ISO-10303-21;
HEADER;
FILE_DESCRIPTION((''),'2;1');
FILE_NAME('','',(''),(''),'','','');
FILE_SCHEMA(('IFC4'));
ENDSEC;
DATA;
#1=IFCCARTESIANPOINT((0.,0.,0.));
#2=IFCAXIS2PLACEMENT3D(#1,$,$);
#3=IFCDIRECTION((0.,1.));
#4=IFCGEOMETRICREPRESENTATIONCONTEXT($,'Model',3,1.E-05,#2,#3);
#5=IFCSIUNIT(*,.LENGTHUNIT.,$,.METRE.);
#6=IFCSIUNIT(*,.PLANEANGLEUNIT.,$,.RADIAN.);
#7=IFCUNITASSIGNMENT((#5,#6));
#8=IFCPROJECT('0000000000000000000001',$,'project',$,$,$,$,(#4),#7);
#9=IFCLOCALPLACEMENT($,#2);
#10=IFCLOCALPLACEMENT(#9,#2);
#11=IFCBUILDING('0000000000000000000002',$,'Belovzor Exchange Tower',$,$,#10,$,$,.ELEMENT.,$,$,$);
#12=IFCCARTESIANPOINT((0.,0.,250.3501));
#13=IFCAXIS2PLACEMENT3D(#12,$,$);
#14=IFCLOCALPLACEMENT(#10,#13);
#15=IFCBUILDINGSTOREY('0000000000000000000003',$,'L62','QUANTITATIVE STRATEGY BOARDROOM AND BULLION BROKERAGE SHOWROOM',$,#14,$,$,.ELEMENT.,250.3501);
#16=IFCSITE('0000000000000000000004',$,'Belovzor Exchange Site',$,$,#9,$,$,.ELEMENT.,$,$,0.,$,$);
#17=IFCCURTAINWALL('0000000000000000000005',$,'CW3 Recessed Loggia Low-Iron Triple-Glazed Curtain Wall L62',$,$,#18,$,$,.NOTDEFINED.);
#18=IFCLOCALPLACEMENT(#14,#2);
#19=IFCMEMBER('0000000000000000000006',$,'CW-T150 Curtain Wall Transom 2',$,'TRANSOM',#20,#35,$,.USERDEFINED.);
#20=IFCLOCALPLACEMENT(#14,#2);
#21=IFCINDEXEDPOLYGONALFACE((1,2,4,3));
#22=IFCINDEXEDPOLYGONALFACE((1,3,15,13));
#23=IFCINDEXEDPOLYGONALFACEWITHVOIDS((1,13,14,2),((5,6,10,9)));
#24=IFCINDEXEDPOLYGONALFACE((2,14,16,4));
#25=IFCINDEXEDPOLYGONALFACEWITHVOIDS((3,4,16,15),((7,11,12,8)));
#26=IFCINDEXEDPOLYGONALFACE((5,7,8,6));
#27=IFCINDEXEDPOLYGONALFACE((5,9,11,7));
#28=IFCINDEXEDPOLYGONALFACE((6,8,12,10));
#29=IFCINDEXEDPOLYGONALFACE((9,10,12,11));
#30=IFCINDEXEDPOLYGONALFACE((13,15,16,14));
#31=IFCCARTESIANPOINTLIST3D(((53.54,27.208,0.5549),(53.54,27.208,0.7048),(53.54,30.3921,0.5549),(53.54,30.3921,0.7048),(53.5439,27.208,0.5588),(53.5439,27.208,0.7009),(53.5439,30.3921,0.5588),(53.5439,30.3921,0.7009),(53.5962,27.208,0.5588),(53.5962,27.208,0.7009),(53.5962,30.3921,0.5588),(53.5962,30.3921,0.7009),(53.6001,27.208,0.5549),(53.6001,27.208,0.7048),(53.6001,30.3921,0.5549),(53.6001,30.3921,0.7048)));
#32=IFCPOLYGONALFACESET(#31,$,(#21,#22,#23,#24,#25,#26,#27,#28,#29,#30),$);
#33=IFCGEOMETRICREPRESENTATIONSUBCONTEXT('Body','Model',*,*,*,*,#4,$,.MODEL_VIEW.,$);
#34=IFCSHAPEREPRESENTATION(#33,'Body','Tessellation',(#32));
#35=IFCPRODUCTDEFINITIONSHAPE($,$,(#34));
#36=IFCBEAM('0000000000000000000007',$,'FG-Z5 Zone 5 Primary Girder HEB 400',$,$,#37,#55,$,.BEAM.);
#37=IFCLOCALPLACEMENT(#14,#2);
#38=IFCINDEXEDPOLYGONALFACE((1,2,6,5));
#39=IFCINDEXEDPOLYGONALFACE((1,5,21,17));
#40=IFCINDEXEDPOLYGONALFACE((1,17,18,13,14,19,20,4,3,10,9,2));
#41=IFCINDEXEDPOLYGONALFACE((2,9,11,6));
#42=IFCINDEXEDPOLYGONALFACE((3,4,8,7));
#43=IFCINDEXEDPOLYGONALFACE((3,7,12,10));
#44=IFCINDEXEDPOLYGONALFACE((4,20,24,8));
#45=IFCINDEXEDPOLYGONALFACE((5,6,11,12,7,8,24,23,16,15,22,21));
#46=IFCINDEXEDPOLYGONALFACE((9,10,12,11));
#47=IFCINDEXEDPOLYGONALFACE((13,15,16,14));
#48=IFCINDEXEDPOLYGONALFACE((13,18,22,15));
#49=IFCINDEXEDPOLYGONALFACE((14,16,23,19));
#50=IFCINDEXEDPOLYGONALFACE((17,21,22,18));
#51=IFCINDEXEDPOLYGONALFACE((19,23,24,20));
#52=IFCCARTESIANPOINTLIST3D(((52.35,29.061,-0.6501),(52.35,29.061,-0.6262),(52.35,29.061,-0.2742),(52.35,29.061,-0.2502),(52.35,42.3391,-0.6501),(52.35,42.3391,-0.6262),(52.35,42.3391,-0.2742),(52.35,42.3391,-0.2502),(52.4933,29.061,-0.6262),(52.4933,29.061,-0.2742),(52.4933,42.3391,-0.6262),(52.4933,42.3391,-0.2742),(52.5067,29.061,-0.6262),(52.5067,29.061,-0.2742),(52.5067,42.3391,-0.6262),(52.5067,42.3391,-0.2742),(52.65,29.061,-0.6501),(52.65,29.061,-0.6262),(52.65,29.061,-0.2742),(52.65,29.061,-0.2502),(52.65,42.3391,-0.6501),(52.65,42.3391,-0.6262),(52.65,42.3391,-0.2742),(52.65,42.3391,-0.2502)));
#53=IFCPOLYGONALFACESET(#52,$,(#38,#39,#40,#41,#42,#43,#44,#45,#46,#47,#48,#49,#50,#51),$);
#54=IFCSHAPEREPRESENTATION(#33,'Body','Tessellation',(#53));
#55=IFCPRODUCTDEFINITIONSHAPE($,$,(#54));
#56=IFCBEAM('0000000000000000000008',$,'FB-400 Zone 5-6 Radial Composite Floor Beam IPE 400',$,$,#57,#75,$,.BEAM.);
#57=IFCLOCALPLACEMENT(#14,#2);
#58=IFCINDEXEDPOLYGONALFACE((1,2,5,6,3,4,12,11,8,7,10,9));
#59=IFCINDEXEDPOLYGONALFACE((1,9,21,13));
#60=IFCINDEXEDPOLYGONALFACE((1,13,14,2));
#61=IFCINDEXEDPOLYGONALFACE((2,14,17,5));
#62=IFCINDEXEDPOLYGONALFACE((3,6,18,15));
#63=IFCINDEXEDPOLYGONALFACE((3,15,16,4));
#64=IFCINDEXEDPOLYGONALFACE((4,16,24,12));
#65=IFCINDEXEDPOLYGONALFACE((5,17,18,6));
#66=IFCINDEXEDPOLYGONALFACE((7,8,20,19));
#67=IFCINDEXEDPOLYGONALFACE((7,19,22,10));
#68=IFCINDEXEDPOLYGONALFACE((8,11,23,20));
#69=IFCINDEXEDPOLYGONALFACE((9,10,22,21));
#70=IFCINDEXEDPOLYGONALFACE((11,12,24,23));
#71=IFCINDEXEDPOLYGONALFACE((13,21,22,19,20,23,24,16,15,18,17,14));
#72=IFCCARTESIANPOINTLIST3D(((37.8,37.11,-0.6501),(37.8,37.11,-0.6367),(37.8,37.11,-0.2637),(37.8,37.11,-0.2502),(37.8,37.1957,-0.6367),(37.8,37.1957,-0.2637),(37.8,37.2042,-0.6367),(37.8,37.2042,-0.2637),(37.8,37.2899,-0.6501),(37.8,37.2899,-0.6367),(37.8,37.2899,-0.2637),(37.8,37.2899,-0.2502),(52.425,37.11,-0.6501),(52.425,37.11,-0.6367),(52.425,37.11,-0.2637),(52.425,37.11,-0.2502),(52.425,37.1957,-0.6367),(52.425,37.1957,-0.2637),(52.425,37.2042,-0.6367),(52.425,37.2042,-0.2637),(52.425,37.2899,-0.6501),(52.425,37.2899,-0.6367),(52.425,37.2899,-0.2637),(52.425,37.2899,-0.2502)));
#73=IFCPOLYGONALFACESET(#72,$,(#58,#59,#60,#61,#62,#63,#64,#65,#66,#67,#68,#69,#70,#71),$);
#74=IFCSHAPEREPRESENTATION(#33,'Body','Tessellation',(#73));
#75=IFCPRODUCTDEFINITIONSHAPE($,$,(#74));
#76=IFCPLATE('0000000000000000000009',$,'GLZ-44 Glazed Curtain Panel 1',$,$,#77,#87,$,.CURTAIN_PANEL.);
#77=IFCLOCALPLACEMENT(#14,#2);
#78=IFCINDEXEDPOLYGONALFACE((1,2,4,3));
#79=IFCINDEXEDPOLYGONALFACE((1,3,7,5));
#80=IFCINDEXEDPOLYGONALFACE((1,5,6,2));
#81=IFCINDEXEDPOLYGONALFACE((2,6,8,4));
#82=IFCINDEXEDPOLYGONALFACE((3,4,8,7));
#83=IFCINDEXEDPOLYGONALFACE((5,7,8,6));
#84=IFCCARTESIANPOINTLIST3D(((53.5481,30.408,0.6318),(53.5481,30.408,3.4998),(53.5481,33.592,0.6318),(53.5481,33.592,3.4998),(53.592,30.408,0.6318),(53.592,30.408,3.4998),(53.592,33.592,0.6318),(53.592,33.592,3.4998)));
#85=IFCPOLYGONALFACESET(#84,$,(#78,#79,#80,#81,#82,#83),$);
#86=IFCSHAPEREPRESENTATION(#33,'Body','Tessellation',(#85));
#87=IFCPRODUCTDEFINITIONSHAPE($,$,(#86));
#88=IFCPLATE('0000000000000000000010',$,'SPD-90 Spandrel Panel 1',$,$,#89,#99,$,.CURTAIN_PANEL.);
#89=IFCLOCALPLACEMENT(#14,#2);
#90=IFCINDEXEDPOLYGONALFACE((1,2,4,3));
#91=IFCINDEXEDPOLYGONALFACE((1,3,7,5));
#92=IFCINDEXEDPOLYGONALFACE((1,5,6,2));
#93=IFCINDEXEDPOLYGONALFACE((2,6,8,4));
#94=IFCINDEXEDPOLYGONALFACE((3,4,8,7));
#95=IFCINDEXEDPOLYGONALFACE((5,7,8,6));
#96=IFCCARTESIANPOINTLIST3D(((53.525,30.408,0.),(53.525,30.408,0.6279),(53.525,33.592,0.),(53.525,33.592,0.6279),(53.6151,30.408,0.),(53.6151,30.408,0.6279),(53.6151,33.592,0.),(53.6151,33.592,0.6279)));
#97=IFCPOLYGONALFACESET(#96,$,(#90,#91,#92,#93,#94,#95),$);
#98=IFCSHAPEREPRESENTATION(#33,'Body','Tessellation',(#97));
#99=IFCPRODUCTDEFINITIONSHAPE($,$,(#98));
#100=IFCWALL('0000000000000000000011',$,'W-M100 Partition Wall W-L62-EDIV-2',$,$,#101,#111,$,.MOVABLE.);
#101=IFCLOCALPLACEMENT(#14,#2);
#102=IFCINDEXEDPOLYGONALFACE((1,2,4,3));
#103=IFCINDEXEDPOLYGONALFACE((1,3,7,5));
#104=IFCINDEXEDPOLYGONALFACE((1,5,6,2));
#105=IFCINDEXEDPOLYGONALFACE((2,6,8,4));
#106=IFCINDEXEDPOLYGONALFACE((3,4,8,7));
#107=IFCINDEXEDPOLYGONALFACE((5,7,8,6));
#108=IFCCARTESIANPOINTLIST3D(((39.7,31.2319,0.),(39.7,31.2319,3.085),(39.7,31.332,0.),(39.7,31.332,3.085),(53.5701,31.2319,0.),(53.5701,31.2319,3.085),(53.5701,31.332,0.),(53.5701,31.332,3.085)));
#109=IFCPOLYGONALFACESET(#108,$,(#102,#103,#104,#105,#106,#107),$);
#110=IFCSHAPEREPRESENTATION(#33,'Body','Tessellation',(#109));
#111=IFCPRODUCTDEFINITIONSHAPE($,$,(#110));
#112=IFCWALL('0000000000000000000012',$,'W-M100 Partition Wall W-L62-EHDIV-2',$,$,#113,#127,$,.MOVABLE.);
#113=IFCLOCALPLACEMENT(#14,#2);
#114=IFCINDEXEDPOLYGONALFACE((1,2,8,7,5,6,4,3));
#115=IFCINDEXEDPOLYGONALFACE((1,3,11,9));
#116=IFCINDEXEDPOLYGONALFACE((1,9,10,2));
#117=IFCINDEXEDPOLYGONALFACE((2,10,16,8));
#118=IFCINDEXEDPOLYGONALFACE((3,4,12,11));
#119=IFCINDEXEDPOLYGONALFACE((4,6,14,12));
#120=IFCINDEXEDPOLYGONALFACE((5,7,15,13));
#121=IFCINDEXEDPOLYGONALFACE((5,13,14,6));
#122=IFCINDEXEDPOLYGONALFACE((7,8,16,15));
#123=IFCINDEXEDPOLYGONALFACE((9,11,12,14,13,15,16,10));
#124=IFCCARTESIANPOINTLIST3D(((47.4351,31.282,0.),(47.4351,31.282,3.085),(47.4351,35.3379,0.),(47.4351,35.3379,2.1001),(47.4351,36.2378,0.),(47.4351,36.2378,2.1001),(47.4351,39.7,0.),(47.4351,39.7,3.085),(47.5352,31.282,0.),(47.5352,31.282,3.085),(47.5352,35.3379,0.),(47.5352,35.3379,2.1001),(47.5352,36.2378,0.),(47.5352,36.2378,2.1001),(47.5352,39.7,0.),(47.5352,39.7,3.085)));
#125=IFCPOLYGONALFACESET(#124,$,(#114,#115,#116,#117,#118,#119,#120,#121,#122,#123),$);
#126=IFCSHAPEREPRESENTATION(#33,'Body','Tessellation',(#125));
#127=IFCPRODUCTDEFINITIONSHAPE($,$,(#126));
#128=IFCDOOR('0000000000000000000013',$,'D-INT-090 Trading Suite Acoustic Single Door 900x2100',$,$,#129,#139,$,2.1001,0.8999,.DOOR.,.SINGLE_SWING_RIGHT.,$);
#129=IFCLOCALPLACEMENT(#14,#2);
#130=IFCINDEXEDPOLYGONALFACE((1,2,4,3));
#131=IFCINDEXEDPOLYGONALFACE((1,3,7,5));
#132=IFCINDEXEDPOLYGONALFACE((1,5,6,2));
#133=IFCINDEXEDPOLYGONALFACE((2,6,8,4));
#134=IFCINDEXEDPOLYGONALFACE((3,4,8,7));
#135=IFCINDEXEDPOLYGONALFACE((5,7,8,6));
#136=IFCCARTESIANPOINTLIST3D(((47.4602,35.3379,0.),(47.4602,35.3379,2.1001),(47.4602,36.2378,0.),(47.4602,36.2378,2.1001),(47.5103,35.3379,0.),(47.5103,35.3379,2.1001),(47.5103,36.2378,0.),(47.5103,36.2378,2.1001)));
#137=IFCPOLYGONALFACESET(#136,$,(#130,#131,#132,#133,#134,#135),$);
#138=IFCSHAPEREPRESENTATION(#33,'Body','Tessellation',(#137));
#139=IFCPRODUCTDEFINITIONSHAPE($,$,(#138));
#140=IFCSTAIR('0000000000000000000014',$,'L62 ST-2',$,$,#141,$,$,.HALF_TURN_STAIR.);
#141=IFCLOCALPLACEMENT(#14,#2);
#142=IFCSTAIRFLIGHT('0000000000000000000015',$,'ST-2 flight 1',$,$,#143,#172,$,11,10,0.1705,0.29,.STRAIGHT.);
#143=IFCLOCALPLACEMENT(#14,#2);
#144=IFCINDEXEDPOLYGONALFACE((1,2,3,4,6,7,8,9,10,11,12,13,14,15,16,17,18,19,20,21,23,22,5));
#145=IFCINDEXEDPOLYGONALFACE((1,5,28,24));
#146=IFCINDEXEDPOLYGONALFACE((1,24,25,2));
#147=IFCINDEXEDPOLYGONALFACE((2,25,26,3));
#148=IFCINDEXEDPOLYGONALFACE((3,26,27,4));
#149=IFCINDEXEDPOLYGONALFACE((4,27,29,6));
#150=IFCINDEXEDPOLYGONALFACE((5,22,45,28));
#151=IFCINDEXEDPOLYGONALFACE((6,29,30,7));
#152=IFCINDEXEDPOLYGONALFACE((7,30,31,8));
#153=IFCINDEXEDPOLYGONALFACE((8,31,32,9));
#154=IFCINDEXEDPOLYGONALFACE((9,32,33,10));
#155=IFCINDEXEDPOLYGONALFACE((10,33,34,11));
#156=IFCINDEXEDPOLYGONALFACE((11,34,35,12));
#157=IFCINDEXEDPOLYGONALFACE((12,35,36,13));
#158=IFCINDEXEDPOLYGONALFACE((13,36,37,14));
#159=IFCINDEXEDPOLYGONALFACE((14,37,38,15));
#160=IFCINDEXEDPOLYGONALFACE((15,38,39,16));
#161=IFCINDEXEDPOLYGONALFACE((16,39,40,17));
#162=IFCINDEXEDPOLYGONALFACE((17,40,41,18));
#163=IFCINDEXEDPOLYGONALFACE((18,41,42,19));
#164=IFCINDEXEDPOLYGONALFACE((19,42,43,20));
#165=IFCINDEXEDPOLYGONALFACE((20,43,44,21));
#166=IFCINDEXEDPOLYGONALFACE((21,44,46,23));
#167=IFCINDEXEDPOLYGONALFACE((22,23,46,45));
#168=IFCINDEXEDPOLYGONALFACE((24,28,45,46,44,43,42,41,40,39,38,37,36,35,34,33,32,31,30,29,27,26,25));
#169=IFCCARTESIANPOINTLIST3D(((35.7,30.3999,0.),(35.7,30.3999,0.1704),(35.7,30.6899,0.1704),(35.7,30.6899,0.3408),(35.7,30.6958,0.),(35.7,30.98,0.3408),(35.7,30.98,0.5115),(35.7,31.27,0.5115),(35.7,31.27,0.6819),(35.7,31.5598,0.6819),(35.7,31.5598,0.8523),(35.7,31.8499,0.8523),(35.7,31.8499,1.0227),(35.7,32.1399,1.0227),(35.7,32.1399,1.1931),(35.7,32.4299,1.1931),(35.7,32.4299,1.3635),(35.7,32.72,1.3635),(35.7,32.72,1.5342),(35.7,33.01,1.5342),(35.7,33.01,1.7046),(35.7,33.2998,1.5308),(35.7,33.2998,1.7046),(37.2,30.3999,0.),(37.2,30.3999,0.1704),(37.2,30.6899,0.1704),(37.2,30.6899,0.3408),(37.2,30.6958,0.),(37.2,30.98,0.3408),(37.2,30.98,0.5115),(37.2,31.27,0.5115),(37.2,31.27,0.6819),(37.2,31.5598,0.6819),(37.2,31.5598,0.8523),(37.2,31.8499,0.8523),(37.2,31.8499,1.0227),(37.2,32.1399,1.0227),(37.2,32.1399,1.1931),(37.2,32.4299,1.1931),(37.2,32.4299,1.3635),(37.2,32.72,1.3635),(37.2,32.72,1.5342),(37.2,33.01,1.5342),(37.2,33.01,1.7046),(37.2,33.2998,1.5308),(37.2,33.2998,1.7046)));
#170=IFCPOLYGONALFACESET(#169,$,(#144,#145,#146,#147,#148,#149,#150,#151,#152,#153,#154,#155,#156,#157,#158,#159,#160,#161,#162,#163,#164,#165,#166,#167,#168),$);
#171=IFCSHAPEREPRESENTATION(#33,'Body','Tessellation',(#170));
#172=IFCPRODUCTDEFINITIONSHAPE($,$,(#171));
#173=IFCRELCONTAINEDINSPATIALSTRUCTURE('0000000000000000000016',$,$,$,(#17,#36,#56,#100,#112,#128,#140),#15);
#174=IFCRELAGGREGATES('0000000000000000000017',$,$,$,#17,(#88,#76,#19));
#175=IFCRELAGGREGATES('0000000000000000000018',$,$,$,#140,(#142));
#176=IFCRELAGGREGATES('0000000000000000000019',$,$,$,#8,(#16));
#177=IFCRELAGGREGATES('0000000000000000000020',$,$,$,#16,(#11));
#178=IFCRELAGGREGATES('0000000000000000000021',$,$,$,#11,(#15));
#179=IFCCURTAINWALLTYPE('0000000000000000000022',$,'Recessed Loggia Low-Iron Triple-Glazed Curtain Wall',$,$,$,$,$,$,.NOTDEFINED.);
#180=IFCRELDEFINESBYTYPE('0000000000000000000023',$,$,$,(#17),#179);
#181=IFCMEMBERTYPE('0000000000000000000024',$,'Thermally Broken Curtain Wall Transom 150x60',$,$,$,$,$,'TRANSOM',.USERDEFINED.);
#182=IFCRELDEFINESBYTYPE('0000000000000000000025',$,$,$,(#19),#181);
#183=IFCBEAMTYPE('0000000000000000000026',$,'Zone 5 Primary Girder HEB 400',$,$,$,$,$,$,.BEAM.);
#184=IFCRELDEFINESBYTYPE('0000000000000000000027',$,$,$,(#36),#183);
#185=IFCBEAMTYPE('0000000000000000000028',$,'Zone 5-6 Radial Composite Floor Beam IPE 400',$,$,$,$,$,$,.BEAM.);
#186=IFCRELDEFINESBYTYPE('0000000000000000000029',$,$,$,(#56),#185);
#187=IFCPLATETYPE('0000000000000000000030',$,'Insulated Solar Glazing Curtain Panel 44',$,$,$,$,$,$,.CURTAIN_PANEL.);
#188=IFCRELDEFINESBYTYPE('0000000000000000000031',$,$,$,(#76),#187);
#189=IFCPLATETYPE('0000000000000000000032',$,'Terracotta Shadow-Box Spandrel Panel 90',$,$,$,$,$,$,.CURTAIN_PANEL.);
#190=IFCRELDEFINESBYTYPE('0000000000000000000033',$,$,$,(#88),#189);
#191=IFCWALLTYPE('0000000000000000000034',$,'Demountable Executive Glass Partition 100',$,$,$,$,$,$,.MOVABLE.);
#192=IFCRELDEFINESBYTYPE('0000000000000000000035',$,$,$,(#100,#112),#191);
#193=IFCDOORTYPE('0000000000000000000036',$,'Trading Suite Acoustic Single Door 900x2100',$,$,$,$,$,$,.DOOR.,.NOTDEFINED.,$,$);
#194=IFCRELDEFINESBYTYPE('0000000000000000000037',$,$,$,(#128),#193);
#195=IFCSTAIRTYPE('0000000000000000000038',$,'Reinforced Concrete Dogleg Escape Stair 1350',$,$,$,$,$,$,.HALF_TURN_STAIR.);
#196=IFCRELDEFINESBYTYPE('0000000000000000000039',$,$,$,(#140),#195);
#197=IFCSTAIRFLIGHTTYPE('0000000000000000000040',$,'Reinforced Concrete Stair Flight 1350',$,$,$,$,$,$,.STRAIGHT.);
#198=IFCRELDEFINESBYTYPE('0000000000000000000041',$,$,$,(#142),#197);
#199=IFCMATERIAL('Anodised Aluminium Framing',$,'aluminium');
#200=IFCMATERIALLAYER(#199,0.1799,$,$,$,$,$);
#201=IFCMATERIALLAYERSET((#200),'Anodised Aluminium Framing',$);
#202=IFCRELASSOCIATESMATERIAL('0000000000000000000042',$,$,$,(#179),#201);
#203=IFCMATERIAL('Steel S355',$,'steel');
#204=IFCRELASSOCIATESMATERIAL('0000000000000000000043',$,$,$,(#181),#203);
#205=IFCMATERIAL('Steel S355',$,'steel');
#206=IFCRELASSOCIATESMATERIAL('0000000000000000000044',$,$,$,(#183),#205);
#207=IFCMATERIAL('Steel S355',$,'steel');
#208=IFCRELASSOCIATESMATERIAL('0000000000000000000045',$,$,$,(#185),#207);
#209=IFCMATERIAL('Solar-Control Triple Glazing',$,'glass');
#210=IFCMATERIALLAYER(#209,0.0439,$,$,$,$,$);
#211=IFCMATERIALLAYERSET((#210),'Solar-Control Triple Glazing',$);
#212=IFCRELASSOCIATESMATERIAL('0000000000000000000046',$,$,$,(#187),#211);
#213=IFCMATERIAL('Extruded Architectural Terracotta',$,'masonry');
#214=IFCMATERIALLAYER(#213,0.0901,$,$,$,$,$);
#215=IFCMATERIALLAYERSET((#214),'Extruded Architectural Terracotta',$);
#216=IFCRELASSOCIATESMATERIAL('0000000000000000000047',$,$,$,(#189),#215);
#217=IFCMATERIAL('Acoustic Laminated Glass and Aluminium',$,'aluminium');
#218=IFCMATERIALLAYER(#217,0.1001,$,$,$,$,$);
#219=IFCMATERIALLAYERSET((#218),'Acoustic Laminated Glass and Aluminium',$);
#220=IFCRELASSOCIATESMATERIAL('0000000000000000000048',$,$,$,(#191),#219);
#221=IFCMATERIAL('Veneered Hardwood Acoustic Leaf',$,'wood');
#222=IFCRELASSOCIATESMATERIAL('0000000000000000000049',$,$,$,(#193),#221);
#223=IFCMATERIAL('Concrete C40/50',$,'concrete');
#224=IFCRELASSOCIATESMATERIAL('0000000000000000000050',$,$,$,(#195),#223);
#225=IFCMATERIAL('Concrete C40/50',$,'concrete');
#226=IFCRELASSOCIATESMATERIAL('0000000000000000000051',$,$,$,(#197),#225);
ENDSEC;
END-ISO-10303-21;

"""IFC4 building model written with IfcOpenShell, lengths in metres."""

from ifc_helpers import new_model, si_unit, direction, frame, frame_2d, origin, origin_2d, place, context, subcontext, project, spatial, polyline, rectangle, hollow_rectangle, i_section, outline, extrude, material, layer, layer_set, material_profile, profile_set, type_object, element, fill, aggregate, save


model = new_model("IFC4")

# Units and contexts
model_context = context("Model", 3, precision=1e-05, world=origin(), true_north=direction((0.0, 1.0)))
body_context = subcontext(model_context, "Body", "Model", "MODEL_VIEW")
ifc_project = project(units=[si_unit("LENGTHUNIT", "METRE"), si_unit("PLANEANGLEUNIT", "RADIAN")], contexts=[model_context])

# Site, building, storey
site_placement = place(None, origin())
site = spatial("IfcSite", under=ifc_project, at=site_placement, Name="Belovzor Exchange Site", CompositionType="ELEMENT", RefElevation=0.0)
building_placement = place(site_placement, origin())
building = spatial("IfcBuilding", under=site, at=building_placement, Name="Belovzor Exchange Tower", CompositionType="ELEMENT")
storey_placement = place(building_placement, frame((0.0, 0.0, 250.3501)))
storey = spatial("IfcBuildingStorey", under=building, at=storey_placement, Name="L62", Description="QUANTITATIVE STRATEGY BOARDROOM AND BULLION BROKERAGE SHOWROOM", CompositionType="ELEMENT", Elevation=250.3501)

# Curtain wall, member
ifc_material_1 = material(Name="Anodised Aluminium Framing", Category="aluminium")
ifc_layer_1 = layer(ifc_material_1, 0.1799)
ifc_layer_set_1 = layer_set([ifc_layer_1], Name="Anodised Aluminium Framing")
curtain_wall_type = type_object("IfcCurtainWallType", Name="Recessed Loggia Low-Iron Triple-Glazed Curtain Wall", PredefinedType="NOTDEFINED", material=ifc_layer_set_1)
curtain_wall_placement = place(storey_placement, origin())
curtain_wall = element("IfcCurtainWall", 1, at=curtain_wall_placement, inside=storey, type_object=curtain_wall_type, Name="CW3 Recessed Loggia Low-Iron Triple-Glazed Curtain Wall L62", PredefinedType="NOTDEFINED")
ifc_material_2 = material(Name="Steel S355", Category="steel")
ifc_material_profile_1 = material_profile(ifc_material_2, hollow_rectangle(XDim=0.0601, YDim=0.1499, WallThickness=0.0039, at=origin_2d()))
ifc_profile_set_1 = profile_set([ifc_material_profile_1], Name="Steel S355")
member_type_1 = type_object("IfcMemberType", Name="Thermally Broken Curtain Wall Transom 150x60", ElementType="TRANSOM", PredefinedType="USERDEFINED", material=ifc_profile_set_1)
member_1_placement = place(storey_placement, frame((53.5701, 30.3921, 0.6299), z_axis=(0.0, -1.0, 0.0), x_axis=(1.0, 0.0, 0.0)))
member_1 = element("IfcMember", 2, at=member_1_placement, type_object=member_type_1, Name="CW-T150 Curtain Wall Transom 2", ObjectType="TRANSOM", PredefinedType="USERDEFINED", context=body_context, shape_type="SweptSolid", body=[
    extrude(hollow_rectangle(XDim=0.0601, YDim=0.1499, WallThickness=0.0039, at=origin_2d()), origin(), (0.0, 0.0, 1.0), 3.1841),
])

# Beams
ifc_material_3 = material(Name="Steel S355", Category="steel")
ifc_material_profile_2 = material_profile(ifc_material_3, i_section(OverallWidth=0.3, OverallDepth=0.3999, WebThickness=0.0134, FlangeThickness=0.0239, at=origin_2d()))
ifc_profile_set_2 = profile_set([ifc_material_profile_2], Name="Steel S355")
beam_type_1 = type_object("IfcBeamType", Name="Zone 5 Primary Girder HEB 400", PredefinedType="BEAM", material=ifc_profile_set_2)
beam_1_placement = place(storey_placement, frame((52.5, 29.061, -0.4502), z_axis=(0.0, 1.0, 0.0), x_axis=(-1.0, 0.0, 0.0)))
element("IfcBeam", 3, at=beam_1_placement, inside=storey, type_object=beam_type_1, Name="FG-Z5 Zone 5 Primary Girder HEB 400", PredefinedType="BEAM", context=body_context, shape_type="SweptSolid", body=[
    extrude(i_section(OverallWidth=0.3, OverallDepth=0.3999, WebThickness=0.0134, FlangeThickness=0.0239, at=origin_2d()), origin(), (0.0, 0.0, 1.0), 13.2781),
])
ifc_material_4 = material(Name="Steel S355", Category="steel")
ifc_material_profile_3 = material_profile(ifc_material_4, i_section(OverallWidth=0.1799, OverallDepth=0.3999, WebThickness=0.0085, FlangeThickness=0.0134, at=origin_2d()))
ifc_profile_set_3 = profile_set([ifc_material_profile_3], Name="Steel S355")
beam_type_2 = type_object("IfcBeamType", Name="Zone 5-6 Radial Composite Floor Beam IPE 400", PredefinedType="BEAM", material=ifc_profile_set_3)
beam_2_placement = place(storey_placement, frame((37.8, 37.2, -0.4502), z_axis=(1.0, 0.0, 0.0), x_axis=(0.0, 1.0, 0.0)))
element("IfcBeam", 4, at=beam_2_placement, inside=storey, type_object=beam_type_2, Name="FB-400 Zone 5-6 Radial Composite Floor Beam IPE 400", PredefinedType="BEAM", context=body_context, shape_type="SweptSolid", body=[
    extrude(i_section(OverallWidth=0.1799, OverallDepth=0.3999, WebThickness=0.0085, FlangeThickness=0.0134, at=origin_2d()), origin(), (0.0, 0.0, 1.0), 14.625),
])

# Plates
ifc_material_5 = material(Name="Solar-Control Triple Glazing", Category="glass")
ifc_layer_2 = layer(ifc_material_5, 0.0439)
ifc_layer_set_2 = layer_set([ifc_layer_2], Name="Solar-Control Triple Glazing")
plate_type_1 = type_object("IfcPlateType", Name="Insulated Solar Glazing Curtain Panel 44", PredefinedType="CURTAIN_PANEL", material=ifc_layer_set_2)
plate_1_placement = place(storey_placement, frame((53.5701, 32.0, 0.6318), z_axis=(0.0, 0.0, 1.0), x_axis=(0.0, -1.0, 0.0)))
plate_1 = element("IfcPlate", 5, at=plate_1_placement, type_object=plate_type_1, Name="GLZ-44 Glazed Curtain Panel 1", PredefinedType="CURTAIN_PANEL", context=body_context, shape_type="SweptSolid", body=[
    extrude(rectangle(XDim=3.1841, YDim=0.0439, at=origin_2d()), origin(), (0.0, 0.0, 1.0), 2.8679),
])
ifc_material_6 = material(Name="Extruded Architectural Terracotta", Category="masonry")
ifc_layer_3 = layer(ifc_material_6, 0.0901)
ifc_layer_set_3 = layer_set([ifc_layer_3], Name="Extruded Architectural Terracotta")
plate_type_2 = type_object("IfcPlateType", Name="Terracotta Shadow-Box Spandrel Panel 90", PredefinedType="CURTAIN_PANEL", material=ifc_layer_set_3)
plate_2_placement = place(storey_placement, frame((53.5701, 32.0, 0.0), z_axis=(0.0, 0.0, 1.0), x_axis=(0.0, -1.0, 0.0)))
plate_2 = element("IfcPlate", 6, at=plate_2_placement, type_object=plate_type_2, Name="SPD-90 Spandrel Panel 1", PredefinedType="CURTAIN_PANEL", context=body_context, shape_type="SweptSolid", body=[
    extrude(rectangle(XDim=3.1841, YDim=0.0901, at=origin_2d()), origin(), (0.0, 0.0, 1.0), 0.6279),
])
aggregate(curtain_wall, [plate_2, plate_1, member_1])

# Wall
ifc_material_7 = material(Name="Acoustic Laminated Glass and Aluminium", Category="aluminium")
ifc_layer_4 = layer(ifc_material_7, 0.1001)
ifc_layer_set_4 = layer_set([ifc_layer_4], Name="Acoustic Laminated Glass and Aluminium")
wall_type = type_object("IfcWallType", Name="Demountable Executive Glass Partition 100", PredefinedType="MOVABLE", material=ifc_layer_set_4)
wall_1_placement = place(storey_placement, frame((39.7, 31.282, 0.0), z_axis=(0.0, 0.0, 1.0), x_axis=(1.0, 0.0, 0.0)))
element("IfcWall", 7, at=wall_1_placement, inside=storey, type_object=wall_type, Name="W-M100 Partition Wall W-L62-EDIV-2", PredefinedType="MOVABLE", context=body_context, shape_type="SweptSolid", body=[
    extrude(rectangle(XDim=13.8701, YDim=0.1001, at=frame_2d((6.9351, 0.0))), origin(), (0.0, 0.0, 1.0), 3.085),
])

# Wall, opening, door
wall_2_placement = place(storey_placement, frame((47.4851, 31.282, 0.0), z_axis=(0.0, 0.0, 1.0), x_axis=(0.0, 1.0, 0.0)))
wall_2 = element("IfcWall", 8, at=wall_2_placement, inside=storey, type_object=wall_type, Name="W-M100 Partition Wall W-L62-EHDIV-2", PredefinedType="MOVABLE", context=body_context, shape_type="SweptSolid", body=[
    extrude(rectangle(XDim=8.418, YDim=0.1001, at=frame_2d((4.209, 0.0))), origin(), (0.0, 0.0, 1.0), 3.085),
])
opening_placement = place(wall_2_placement, frame((4.0559, 0.0, 0.0)))
opening = element("IfcOpeningElement", 9, at=opening_placement, cuts=wall_2, PredefinedType="OPENING", context=body_context, shape_type="SweptSolid", body=[
    extrude(rectangle(XDim=0.8999, YDim=2.1001, at=frame_2d((0.45, 1.05))), frame((0.0, 0.0601, 0.0), z_axis=(0.0, -1.0, 0.0), x_axis=(1.0, 0.0, 0.0)), (0.0, 0.0, 1.0), 0.1201),
])
ifc_material_8 = material(Name="Veneered Hardwood Acoustic Leaf", Category="wood")
door_type = type_object("IfcDoorType", Name="Trading Suite Acoustic Single Door 900x2100", OperationType="NOTDEFINED", PredefinedType="DOOR", material=ifc_material_8)
door_placement = place(opening_placement, origin())
door = element("IfcDoor", 10, at=door_placement, inside=storey, type_object=door_type, Name="D-INT-090 Trading Suite Acoustic Single Door 900x2100", OperationType="SINGLE_SWING_RIGHT", OverallHeight=2.1001, OverallWidth=0.8999, PredefinedType="DOOR", context=body_context, shape_type="SweptSolid", body=[
    extrude(rectangle(XDim=0.8999, YDim=2.1001, at=frame_2d((0.45, 1.05))), frame((0.0, 0.0249, 0.0), z_axis=(0.0, -1.0, 0.0), x_axis=(1.0, 0.0, 0.0)), (0.0, 0.0, 1.0), 0.05),
])
fill(opening, door)

# Stair, stair flight
ifc_material_9 = material(Name="Concrete C40/50", Category="concrete")
stair_type = type_object("IfcStairType", Name="Reinforced Concrete Dogleg Escape Stair 1350", PredefinedType="HALF_TURN_STAIR", material=ifc_material_9)
stair_placement = place(storey_placement, origin())
stair = element("IfcStair", 11, at=stair_placement, inside=storey, type_object=stair_type, Name="L62 ST-2", PredefinedType="HALF_TURN_STAIR")
ifc_material_10 = material(Name="Concrete C40/50", Category="concrete")
stair_flight_type = type_object("IfcStairFlightType", Name="Reinforced Concrete Stair Flight 1350", PredefinedType="STRAIGHT", material=ifc_material_10)
stair_flight_placement = place(storey_placement, frame((36.45, 30.3999, 0.0), z_axis=(0.0, 0.0, 1.0), x_axis=(0.0, 1.0, 0.0)))
stair_flight = element("IfcStairFlight", 12, at=stair_flight_placement, type_object=stair_flight_type, Name="ST-2 flight 1", NumberOfRisers=11, NumberOfTreads=10, PredefinedType="STRAIGHT", RiserHeight=0.1705, TreadLength=0.29, context=body_context, shape_type="SweptSolid", body=[
    extrude(outline(polyline([(0.0, 0.0), (0.0, 0.1704), (0.29, 0.1704), (0.29, 0.3408), (0.5801, 0.3408), (0.5801, 0.5115), (0.8701, 0.5115), (0.8701, 0.6819), (1.1599, 0.6819), (1.1599, 0.8523), (1.45, 0.8523), (1.45, 1.0227), (1.74, 1.0227), (1.74, 1.1931), (2.03, 1.1931), (2.03, 1.3635), (2.3201, 1.3635), (2.3201, 1.5342), (2.6101, 1.5342), (2.6101, 1.7046), (2.8999, 1.7046), (2.8999, 1.875), (2.8999, 1.5308), (0.2959, 0.0), (0.0, 0.0)])), frame((0.0, 0.75, 0.0), z_axis=(0.0, -1.0, 0.0), x_axis=(1.0, 0.0, 0.0)), (0.0, 0.0, 1.0), 1.5),
])
aggregate(stair, [stair_flight])

save(model, "model.ifc")
